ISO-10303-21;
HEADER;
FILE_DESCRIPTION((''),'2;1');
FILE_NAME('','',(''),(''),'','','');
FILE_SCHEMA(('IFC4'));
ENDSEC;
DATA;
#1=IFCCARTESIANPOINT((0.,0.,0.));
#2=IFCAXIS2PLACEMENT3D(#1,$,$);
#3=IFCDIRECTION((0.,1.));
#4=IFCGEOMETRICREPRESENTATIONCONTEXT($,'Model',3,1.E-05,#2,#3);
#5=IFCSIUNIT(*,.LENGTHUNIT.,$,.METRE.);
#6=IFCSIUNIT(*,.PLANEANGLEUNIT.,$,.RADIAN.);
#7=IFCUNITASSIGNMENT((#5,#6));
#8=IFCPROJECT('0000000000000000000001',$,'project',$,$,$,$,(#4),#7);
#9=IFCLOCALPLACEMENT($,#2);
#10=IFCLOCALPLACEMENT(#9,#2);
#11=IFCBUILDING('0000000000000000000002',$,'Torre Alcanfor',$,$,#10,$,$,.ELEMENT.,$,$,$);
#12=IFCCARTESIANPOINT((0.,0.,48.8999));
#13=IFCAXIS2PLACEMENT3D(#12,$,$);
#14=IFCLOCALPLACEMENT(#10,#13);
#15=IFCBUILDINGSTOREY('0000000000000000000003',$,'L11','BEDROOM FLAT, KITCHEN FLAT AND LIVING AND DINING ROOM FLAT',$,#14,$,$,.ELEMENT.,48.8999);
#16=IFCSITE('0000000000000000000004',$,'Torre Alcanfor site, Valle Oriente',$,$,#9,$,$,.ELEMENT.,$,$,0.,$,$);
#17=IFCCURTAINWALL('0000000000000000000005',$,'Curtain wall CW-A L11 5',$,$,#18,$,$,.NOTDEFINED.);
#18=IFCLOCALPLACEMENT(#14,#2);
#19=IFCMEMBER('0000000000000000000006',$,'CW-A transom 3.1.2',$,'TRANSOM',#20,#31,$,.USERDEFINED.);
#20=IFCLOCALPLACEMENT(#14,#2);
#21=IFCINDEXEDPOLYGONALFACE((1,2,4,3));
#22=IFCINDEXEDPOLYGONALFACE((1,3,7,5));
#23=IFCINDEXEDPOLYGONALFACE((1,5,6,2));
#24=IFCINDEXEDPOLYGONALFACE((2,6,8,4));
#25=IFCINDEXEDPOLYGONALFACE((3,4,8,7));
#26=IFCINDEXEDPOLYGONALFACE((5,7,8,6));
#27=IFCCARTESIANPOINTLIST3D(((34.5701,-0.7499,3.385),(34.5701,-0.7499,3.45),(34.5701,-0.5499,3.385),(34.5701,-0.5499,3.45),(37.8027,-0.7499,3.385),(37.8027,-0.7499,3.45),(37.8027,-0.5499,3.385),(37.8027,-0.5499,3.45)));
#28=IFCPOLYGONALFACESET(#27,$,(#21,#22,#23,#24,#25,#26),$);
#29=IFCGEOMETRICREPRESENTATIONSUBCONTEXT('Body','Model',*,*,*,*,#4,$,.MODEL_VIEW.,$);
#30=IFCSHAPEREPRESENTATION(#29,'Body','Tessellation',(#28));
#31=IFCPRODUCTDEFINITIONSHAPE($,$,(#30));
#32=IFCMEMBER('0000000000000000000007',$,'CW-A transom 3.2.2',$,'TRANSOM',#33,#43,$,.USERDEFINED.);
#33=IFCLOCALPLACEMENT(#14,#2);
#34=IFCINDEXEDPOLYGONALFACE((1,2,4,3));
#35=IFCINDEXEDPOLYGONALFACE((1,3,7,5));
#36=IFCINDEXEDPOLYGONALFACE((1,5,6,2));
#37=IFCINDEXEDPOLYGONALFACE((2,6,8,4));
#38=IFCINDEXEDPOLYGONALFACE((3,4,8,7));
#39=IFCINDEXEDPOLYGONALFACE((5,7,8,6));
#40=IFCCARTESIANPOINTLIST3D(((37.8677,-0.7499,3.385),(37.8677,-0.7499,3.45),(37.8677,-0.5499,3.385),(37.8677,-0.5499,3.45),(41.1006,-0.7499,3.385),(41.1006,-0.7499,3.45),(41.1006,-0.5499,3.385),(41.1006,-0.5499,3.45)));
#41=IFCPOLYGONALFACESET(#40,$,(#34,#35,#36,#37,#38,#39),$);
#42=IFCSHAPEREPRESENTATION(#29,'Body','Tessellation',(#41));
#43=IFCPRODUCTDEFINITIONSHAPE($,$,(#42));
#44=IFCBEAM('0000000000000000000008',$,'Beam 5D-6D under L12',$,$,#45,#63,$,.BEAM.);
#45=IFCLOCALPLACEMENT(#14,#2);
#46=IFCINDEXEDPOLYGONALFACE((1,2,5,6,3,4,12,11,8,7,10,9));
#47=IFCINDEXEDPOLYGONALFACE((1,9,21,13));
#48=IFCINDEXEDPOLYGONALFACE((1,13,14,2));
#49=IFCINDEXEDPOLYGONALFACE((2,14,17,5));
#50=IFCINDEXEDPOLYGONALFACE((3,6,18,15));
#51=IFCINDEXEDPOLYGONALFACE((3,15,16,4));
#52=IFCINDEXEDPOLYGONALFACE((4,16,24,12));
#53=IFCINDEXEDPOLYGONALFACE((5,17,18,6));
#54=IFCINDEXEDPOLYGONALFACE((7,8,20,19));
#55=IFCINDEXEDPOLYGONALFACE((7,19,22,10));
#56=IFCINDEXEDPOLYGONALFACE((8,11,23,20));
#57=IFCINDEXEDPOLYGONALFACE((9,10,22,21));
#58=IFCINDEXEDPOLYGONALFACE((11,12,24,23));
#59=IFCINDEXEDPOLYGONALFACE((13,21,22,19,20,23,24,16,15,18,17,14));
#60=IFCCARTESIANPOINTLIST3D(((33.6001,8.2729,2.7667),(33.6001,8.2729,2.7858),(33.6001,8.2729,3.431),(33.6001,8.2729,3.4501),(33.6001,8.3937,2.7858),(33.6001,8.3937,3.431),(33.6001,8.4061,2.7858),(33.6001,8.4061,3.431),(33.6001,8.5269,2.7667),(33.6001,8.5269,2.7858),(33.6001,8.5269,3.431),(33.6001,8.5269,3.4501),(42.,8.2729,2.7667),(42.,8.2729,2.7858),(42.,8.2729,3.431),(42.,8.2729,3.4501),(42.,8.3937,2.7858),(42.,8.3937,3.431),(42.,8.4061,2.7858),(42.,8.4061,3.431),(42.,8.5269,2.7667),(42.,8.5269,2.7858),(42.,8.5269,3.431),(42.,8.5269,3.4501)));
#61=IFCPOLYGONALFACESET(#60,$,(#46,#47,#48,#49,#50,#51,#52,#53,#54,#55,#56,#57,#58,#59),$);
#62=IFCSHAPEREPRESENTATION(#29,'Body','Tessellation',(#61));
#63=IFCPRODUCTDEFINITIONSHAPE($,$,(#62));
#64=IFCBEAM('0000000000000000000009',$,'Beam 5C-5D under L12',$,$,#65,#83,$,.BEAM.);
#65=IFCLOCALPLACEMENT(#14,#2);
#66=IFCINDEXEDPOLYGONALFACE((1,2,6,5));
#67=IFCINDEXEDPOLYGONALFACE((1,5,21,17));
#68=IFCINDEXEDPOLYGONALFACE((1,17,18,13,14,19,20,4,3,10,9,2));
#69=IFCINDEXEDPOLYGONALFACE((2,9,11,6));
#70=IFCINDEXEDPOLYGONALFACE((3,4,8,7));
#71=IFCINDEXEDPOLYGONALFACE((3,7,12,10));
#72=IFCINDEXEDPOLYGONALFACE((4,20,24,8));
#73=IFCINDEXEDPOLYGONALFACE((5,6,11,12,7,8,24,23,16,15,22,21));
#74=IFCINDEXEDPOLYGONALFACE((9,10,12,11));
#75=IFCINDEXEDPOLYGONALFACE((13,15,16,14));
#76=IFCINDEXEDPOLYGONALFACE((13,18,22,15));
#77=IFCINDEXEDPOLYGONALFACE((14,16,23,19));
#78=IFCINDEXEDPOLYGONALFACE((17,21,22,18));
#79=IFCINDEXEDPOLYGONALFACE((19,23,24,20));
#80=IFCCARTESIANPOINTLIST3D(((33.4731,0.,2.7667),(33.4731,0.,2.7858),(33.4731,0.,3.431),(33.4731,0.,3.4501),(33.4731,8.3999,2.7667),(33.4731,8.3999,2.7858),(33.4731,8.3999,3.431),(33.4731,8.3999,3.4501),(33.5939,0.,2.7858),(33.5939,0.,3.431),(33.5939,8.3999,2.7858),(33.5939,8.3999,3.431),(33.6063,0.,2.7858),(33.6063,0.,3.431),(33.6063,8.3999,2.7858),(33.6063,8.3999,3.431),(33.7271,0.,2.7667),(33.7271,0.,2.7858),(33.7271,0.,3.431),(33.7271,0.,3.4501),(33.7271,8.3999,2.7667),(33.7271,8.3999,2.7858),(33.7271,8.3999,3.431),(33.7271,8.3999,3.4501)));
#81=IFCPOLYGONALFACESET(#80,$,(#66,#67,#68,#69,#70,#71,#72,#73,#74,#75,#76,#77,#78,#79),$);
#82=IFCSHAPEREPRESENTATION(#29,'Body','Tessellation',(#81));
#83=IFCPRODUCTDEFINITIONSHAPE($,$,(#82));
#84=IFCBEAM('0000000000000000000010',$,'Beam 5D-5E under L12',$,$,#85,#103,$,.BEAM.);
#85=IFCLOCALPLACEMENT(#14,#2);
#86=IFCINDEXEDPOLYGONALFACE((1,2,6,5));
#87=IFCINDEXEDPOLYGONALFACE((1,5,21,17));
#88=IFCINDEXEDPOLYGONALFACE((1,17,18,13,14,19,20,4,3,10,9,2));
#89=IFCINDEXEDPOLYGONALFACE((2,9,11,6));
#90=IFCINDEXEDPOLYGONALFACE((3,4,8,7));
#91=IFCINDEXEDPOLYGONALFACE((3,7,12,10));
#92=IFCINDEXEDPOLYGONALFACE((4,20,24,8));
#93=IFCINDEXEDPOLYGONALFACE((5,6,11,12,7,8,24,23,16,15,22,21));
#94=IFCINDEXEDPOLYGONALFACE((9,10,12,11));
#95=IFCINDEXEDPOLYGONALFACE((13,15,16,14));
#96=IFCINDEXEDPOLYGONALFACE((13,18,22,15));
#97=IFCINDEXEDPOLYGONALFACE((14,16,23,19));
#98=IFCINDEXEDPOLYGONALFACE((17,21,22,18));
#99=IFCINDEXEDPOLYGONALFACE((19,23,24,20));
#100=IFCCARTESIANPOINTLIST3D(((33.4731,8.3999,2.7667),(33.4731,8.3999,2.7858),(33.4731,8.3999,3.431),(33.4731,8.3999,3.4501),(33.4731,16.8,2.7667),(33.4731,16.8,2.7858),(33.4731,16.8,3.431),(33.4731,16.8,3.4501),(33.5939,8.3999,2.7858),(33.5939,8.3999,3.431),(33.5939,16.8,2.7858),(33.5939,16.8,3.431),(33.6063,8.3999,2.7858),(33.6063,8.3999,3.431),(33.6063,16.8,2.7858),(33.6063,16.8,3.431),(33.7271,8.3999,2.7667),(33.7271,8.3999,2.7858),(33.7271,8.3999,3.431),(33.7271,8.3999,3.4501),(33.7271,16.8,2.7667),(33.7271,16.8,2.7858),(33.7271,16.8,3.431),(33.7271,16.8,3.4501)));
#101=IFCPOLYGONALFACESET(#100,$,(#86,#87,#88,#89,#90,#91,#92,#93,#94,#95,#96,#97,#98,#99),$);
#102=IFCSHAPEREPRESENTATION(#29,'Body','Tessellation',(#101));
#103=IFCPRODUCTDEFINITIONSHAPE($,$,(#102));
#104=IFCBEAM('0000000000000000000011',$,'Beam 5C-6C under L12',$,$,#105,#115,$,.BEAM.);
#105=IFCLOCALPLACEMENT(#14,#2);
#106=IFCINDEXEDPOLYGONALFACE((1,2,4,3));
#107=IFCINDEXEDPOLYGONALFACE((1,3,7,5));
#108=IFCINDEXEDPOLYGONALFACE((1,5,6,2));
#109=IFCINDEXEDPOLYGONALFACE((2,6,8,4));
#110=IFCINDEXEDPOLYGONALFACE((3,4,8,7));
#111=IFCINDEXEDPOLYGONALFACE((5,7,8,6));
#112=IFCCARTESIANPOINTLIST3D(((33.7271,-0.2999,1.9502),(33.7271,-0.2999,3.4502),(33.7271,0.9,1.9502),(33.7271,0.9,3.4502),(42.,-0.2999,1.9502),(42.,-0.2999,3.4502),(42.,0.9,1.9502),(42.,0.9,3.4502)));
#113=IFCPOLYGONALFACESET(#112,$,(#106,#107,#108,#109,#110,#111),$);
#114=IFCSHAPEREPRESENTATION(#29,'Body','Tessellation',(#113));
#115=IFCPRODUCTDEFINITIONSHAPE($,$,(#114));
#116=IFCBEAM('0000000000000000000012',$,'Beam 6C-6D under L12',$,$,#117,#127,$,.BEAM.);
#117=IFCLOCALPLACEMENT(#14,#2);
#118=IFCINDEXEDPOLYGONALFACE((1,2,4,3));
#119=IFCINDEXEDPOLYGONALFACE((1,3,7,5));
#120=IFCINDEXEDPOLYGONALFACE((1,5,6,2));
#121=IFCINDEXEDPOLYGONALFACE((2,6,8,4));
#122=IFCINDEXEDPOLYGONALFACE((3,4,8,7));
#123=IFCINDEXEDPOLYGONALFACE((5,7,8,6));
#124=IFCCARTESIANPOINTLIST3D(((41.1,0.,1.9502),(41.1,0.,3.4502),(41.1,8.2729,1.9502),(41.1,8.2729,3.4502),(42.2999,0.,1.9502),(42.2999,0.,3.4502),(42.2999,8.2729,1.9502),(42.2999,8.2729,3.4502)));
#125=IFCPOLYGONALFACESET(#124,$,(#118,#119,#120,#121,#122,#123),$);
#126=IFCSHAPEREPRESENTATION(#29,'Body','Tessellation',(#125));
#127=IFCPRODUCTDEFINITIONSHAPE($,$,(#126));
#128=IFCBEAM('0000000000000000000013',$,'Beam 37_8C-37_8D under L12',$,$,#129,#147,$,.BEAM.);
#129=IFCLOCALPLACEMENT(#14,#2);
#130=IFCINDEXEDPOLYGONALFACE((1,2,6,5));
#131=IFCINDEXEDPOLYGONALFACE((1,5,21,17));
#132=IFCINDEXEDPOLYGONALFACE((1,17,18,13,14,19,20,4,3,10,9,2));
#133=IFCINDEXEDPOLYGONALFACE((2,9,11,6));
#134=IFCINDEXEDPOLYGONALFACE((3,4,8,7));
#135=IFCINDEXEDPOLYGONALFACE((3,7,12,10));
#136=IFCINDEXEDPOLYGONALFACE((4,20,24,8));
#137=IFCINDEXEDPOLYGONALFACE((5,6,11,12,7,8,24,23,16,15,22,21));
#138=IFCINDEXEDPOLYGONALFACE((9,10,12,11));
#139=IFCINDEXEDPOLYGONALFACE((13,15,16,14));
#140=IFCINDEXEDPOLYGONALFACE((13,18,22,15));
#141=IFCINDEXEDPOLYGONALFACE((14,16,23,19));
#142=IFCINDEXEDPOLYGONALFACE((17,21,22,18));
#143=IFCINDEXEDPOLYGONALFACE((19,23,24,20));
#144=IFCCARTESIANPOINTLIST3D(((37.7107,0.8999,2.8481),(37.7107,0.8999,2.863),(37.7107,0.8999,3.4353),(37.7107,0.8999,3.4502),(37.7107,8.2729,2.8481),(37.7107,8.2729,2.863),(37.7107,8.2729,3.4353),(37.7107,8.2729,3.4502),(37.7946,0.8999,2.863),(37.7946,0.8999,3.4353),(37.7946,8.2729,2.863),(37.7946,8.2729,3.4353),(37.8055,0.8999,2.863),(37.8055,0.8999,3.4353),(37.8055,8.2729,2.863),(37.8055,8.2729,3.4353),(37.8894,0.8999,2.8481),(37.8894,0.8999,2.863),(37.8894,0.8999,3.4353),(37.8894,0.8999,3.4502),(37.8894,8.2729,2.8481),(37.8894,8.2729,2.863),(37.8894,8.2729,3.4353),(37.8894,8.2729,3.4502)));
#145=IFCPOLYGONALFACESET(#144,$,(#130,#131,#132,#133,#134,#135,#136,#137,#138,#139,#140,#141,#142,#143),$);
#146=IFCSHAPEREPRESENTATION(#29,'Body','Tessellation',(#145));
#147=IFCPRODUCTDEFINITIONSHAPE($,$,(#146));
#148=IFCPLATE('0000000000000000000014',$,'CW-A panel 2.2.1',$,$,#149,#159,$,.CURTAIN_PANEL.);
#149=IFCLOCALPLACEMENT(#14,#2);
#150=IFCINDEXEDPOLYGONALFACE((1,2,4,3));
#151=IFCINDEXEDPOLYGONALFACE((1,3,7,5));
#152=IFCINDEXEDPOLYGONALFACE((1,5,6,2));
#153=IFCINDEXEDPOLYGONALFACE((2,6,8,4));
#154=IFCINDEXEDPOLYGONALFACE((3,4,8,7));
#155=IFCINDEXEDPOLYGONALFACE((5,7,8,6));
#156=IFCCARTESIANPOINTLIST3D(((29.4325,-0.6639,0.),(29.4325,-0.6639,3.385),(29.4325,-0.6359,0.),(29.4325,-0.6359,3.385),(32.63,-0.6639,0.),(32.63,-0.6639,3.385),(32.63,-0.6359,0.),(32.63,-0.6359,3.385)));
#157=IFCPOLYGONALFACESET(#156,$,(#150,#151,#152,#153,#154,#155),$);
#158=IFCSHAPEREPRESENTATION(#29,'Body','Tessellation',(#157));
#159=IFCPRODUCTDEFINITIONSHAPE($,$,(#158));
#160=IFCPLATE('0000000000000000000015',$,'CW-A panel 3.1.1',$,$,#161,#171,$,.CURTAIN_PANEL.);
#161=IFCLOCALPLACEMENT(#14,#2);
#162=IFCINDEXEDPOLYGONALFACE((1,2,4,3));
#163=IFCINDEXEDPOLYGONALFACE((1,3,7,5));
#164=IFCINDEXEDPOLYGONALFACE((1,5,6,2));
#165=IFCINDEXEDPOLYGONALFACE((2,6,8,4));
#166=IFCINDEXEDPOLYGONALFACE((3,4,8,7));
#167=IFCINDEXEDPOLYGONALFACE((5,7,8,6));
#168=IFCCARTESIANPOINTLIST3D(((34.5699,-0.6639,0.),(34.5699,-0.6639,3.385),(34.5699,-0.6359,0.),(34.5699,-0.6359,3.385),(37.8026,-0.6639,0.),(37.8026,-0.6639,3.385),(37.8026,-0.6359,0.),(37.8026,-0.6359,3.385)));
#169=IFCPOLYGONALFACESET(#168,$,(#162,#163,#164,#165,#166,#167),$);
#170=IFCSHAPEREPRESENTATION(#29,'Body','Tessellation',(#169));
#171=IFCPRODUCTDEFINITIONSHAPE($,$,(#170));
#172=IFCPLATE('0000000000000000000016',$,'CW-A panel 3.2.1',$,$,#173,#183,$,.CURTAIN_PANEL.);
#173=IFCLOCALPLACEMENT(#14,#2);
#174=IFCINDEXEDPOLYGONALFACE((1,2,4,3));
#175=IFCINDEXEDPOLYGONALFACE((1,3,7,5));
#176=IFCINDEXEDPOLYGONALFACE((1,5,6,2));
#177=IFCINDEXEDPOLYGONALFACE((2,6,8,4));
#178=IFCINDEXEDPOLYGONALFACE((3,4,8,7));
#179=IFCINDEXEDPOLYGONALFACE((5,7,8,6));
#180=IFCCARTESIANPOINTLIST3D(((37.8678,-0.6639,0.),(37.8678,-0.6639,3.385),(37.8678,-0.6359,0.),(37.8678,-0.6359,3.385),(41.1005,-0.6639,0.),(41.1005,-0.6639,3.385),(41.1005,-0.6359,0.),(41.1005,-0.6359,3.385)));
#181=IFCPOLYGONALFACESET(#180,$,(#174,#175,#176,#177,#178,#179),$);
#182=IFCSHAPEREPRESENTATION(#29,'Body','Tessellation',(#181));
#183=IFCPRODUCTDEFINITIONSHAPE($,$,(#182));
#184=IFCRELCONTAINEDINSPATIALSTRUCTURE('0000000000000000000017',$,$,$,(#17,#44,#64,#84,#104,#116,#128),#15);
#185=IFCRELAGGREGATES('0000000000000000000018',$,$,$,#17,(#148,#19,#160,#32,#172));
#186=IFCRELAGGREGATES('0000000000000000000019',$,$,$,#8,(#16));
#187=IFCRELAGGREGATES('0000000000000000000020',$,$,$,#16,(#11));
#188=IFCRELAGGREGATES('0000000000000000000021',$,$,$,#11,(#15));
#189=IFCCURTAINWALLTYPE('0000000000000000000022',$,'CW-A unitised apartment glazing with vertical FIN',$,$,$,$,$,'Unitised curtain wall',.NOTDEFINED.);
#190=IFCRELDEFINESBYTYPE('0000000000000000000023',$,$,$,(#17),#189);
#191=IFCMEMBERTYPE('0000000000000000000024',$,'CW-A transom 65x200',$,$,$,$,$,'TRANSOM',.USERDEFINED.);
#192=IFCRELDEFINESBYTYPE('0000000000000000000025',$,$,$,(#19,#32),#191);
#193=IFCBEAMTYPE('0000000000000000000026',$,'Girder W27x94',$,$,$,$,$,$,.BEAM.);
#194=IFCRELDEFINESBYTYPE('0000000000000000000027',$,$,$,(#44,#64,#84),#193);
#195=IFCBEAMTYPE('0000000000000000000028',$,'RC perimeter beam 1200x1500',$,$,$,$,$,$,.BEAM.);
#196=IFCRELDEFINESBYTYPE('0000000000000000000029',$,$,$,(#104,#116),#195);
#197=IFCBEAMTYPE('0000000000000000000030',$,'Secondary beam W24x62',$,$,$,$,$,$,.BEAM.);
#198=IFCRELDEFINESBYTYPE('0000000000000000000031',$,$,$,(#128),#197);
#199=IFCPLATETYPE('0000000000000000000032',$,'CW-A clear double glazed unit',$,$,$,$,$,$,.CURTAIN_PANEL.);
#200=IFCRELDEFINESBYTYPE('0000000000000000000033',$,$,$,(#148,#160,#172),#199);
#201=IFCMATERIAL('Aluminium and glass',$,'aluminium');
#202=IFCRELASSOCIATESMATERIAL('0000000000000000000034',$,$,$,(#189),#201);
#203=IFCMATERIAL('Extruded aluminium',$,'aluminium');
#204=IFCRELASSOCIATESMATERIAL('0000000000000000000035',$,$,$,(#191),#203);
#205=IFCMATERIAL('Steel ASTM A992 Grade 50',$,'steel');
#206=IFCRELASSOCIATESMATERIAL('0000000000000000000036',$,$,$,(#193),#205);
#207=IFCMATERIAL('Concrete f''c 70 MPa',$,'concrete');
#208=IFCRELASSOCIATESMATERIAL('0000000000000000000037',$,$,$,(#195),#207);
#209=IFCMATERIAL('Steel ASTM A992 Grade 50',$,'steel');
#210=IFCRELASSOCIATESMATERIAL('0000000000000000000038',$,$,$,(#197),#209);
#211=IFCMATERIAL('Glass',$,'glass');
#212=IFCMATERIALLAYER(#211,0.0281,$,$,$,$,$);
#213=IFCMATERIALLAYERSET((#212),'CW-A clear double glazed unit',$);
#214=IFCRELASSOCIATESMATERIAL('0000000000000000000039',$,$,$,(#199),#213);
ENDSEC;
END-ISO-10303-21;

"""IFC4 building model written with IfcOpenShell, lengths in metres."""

from ifc_helpers import new_model, si_unit, direction, frame, origin, origin_2d, place, context, subcontext, project, spatial, rectangle, i_section, extrude, material, layer, layer_set, material_profile, profile_set, type_object, element, aggregate, save


model = new_model("IFC4")

# Units and contexts
model_context = context("Model", 3, precision=1e-05, world=origin(), true_north=direction((0.0, 1.0)))
body_context = subcontext(model_context, "Body", "Model", "MODEL_VIEW")
ifc_project = project(units=[si_unit("LENGTHUNIT", "METRE"), si_unit("PLANEANGLEUNIT", "RADIAN")], contexts=[model_context])

# Site, building, storey
site_placement = place(None, origin())
site = spatial("IfcSite", under=ifc_project, at=site_placement, Name="Torre Alcanfor site, Valle Oriente", CompositionType="ELEMENT", RefElevation=0.0)
building_placement = place(site_placement, origin())
building = spatial("IfcBuilding", under=site, at=building_placement, Name="Torre Alcanfor", CompositionType="ELEMENT")
storey_placement = place(building_placement, frame((0.0, 0.0, 48.8999)))
storey = spatial("IfcBuildingStorey", under=building, at=storey_placement, Name="L11", Description="BEDROOM FLAT, KITCHEN FLAT AND LIVING AND DINING ROOM FLAT", CompositionType="ELEMENT", Elevation=48.8999)

# Curtain wall, members
ifc_material_1 = material(Name="Aluminium and glass", Category="aluminium")
curtain_wall_type = type_object("IfcCurtainWallType", Name="CW-A unitised apartment glazing with vertical FIN", ElementType="Unitised curtain wall", PredefinedType="NOTDEFINED", material=ifc_material_1)
curtain_wall_placement = place(storey_placement, origin())
curtain_wall = element("IfcCurtainWall", 1, at=curtain_wall_placement, inside=storey, type_object=curtain_wall_type, Name="Curtain wall CW-A L11 5", PredefinedType="NOTDEFINED")
ifc_material_2 = material(Name="Extruded aluminium", Category="aluminium")
ifc_material_profile_1 = material_profile(ifc_material_2, rectangle(XDim=0.2, YDim=0.0649, at=origin_2d()), Name="CW-A transom 200x65")
ifc_profile_set_1 = profile_set([ifc_material_profile_1], Name="Extruded aluminium")
member_type_1 = type_object("IfcMemberType", Name="CW-A transom 65x200", ElementType="TRANSOM", PredefinedType="USERDEFINED", material=ifc_profile_set_1)
member_1_placement = place(storey_placement, frame((34.5701, -0.6499, 3.4175), z_axis=(1.0, 0.0, 0.0), x_axis=(0.0, 1.0, 0.0)))
member_1 = element("IfcMember", 2, at=member_1_placement, type_object=member_type_1, Name="CW-A transom 3.1.2", ObjectType="TRANSOM", PredefinedType="USERDEFINED", context=body_context, shape_type="SweptSolid", body=[
    extrude(rectangle(XDim=0.2, YDim=0.0649, at=origin_2d()), origin(), (0.0, 0.0, 1.0), 3.2327),
])
member_2_placement = place(storey_placement, frame((37.8677, -0.6499, 3.4175), z_axis=(1.0, 0.0, 0.0), x_axis=(0.0, 1.0, 0.0)))
member_2 = element("IfcMember", 3, at=member_2_placement, type_object=member_type_1, Name="CW-A transom 3.2.2", ObjectType="TRANSOM", PredefinedType="USERDEFINED", context=body_context, shape_type="SweptSolid", body=[
    extrude(rectangle(XDim=0.2, YDim=0.0649, at=origin_2d()), origin(), (0.0, 0.0, 1.0), 3.2329),
])

# Beams
ifc_material_3 = material(Name="Steel ASTM A992 Grade 50", Category="steel")
ifc_material_profile_2 = material_profile(ifc_material_3, i_section(OverallWidth=0.2539, OverallDepth=0.6833, WebThickness=0.0125, FlangeThickness=0.019, at=origin_2d()), Name="W27x94")
ifc_profile_set_2 = profile_set([ifc_material_profile_2], Name="Steel ASTM A992 Grade 50")
beam_type_1 = type_object("IfcBeamType", Name="Girder W27x94", PredefinedType="BEAM", material=ifc_profile_set_2)
for number, where, z_axis, x_axis, name in (
    (4, (33.6001, 8.3999, 3.1084), (1.0, 0.0, 0.0), (0.0, 1.0, 0.0), "Beam 5D-6D under L12"),
    (5, (33.6001, 0.0, 3.1084), (0.0, 1.0, 0.0), (-1.0, 0.0, 0.0), "Beam 5C-5D under L12"),
):
    element("IfcBeam", number, at=place(storey_placement, frame(where, z_axis=z_axis, x_axis=x_axis)), inside=storey, type_object=beam_type_1, Name=name, PredefinedType="BEAM", context=body_context, shape_type="SweptSolid", body=[
        extrude(i_section(OverallWidth=0.2539, OverallDepth=0.6833, WebThickness=0.0125, FlangeThickness=0.019, at=origin_2d()), origin(), (0.0, 0.0, 1.0), 8.3999),
    ])
beam_1_placement = place(storey_placement, frame((33.6001, 8.3999, 3.1084), z_axis=(0.0, 1.0, 0.0), x_axis=(-1.0, 0.0, 0.0)))
element("IfcBeam", 6, at=beam_1_placement, inside=storey, type_object=beam_type_1, Name="Beam 5D-5E under L12", PredefinedType="BEAM", context=body_context, shape_type="SweptSolid", body=[
    extrude(i_section(OverallWidth=0.2539, OverallDepth=0.6833, WebThickness=0.0125, FlangeThickness=0.019, at=origin_2d()), origin(), (0.0, 0.0, 1.0), 8.4001),
])
ifc_material_4 = material(Name="Concrete f'c 70 MPa", Category="concrete")
ifc_material_profile_3 = material_profile(ifc_material_4, rectangle(XDim=1.2, YDim=1.5, at=origin_2d()), Name="1200x1500")
ifc_profile_set_3 = profile_set([ifc_material_profile_3], Name="Concrete f'c 70 MPa")
beam_type_2 = type_object("IfcBeamType", Name="RC perimeter beam 1200x1500", PredefinedType="BEAM", material=ifc_profile_set_3)
for number, where, z_axis, x_axis, name in (
    (7, (33.7271, 0.3, 2.7002), (1.0, 0.0, 0.0), (0.0, 1.0, 0.0), "Beam 5C-6C under L12"),
    (8, (41.7, 0.0, 2.7002), (0.0, 1.0, 0.0), (-1.0, 0.0, 0.0), "Beam 6C-6D under L12"),
):
    element("IfcBeam", number, at=place(storey_placement, frame(where, z_axis=z_axis, x_axis=x_axis)), inside=storey, type_object=beam_type_2, Name=name, PredefinedType="BEAM", context=body_context, shape_type="SweptSolid", body=[
        extrude(rectangle(XDim=1.2, YDim=1.5, at=origin_2d()), origin(), (0.0, 0.0, 1.0), 8.2729),
    ])
ifc_material_5 = material(Name="Steel ASTM A992 Grade 50", Category="steel")
ifc_material_profile_4 = material_profile(ifc_material_5, i_section(OverallWidth=0.1787, OverallDepth=0.6021, WebThickness=0.011, FlangeThickness=0.0149, at=origin_2d()), Name="W24x62")
ifc_profile_set_4 = profile_set([ifc_material_profile_4], Name="Steel ASTM A992 Grade 50")
beam_type_3 = type_object("IfcBeamType", Name="Secondary beam W24x62", PredefinedType="BEAM", material=ifc_profile_set_4)
beam_2_placement = place(storey_placement, frame((37.8, 0.8999, 3.1492), z_axis=(0.0, 1.0, 0.0), x_axis=(-1.0, 0.0, 0.0)))
element("IfcBeam", 9, at=beam_2_placement, inside=storey, type_object=beam_type_3, Name="Beam 37_8C-37_8D under L12", PredefinedType="BEAM", context=body_context, shape_type="SweptSolid", body=[
    extrude(i_section(OverallWidth=0.1787, OverallDepth=0.6021, WebThickness=0.011, FlangeThickness=0.0149, at=origin_2d()), origin(), (0.0, 0.0, 1.0), 7.373),
])

# Plates
ifc_material_6 = material(Name="Glass", Category="glass")
ifc_layer_1 = layer(ifc_material_6, 0.0281)
ifc_layer_set_1 = layer_set([ifc_layer_1], Name="CW-A clear double glazed unit")
plate_type = type_object("IfcPlateType", Name="CW-A clear double glazed unit", PredefinedType="CURTAIN_PANEL", material=ifc_layer_set_1)
plate_1_placement = place(storey_placement, frame((31.0312, -0.6499, 0.0), z_axis=(0.0, 0.0, 1.0), x_axis=(1.0, 0.0, 0.0)))
plate_1 = element("IfcPlate", 10, at=plate_1_placement, type_object=plate_type, Name="CW-A panel 2.2.1", PredefinedType="CURTAIN_PANEL", context=body_context, shape_type="SweptSolid", body=[
    extrude(rectangle(XDim=3.1975, YDim=0.0281, at=origin_2d()), origin(), (0.0, 0.0, 1.0), 3.385),
])
plate_2_placement = place(storey_placement, frame((36.1863, -0.6499, 0.0), z_axis=(0.0, 0.0, 1.0), x_axis=(1.0, 0.0, 0.0)))
plate_2 = element("IfcPlate", 11, at=plate_2_placement, type_object=plate_type, Name="CW-A panel 3.1.1", PredefinedType="CURTAIN_PANEL", context=body_context, shape_type="SweptSolid", body=[
    extrude(rectangle(XDim=3.2327, YDim=0.0281, at=origin_2d()), origin(), (0.0, 0.0, 1.0), 3.385),
])
plate_3_placement = place(storey_placement, frame((39.4841, -0.6499, 0.0), z_axis=(0.0, 0.0, 1.0), x_axis=(1.0, 0.0, 0.0)))
plate_3 = element("IfcPlate", 12, at=plate_3_placement, type_object=plate_type, Name="CW-A panel 3.2.1", PredefinedType="CURTAIN_PANEL", context=body_context, shape_type="SweptSolid", body=[
    extrude(rectangle(XDim=3.2327, YDim=0.0281, at=origin_2d()), origin(), (0.0, 0.0, 1.0), 3.385),
])
aggregate(curtain_wall, [plate_1, member_1, plate_2, member_2, plate_3])

save(model, "model.ifc")
